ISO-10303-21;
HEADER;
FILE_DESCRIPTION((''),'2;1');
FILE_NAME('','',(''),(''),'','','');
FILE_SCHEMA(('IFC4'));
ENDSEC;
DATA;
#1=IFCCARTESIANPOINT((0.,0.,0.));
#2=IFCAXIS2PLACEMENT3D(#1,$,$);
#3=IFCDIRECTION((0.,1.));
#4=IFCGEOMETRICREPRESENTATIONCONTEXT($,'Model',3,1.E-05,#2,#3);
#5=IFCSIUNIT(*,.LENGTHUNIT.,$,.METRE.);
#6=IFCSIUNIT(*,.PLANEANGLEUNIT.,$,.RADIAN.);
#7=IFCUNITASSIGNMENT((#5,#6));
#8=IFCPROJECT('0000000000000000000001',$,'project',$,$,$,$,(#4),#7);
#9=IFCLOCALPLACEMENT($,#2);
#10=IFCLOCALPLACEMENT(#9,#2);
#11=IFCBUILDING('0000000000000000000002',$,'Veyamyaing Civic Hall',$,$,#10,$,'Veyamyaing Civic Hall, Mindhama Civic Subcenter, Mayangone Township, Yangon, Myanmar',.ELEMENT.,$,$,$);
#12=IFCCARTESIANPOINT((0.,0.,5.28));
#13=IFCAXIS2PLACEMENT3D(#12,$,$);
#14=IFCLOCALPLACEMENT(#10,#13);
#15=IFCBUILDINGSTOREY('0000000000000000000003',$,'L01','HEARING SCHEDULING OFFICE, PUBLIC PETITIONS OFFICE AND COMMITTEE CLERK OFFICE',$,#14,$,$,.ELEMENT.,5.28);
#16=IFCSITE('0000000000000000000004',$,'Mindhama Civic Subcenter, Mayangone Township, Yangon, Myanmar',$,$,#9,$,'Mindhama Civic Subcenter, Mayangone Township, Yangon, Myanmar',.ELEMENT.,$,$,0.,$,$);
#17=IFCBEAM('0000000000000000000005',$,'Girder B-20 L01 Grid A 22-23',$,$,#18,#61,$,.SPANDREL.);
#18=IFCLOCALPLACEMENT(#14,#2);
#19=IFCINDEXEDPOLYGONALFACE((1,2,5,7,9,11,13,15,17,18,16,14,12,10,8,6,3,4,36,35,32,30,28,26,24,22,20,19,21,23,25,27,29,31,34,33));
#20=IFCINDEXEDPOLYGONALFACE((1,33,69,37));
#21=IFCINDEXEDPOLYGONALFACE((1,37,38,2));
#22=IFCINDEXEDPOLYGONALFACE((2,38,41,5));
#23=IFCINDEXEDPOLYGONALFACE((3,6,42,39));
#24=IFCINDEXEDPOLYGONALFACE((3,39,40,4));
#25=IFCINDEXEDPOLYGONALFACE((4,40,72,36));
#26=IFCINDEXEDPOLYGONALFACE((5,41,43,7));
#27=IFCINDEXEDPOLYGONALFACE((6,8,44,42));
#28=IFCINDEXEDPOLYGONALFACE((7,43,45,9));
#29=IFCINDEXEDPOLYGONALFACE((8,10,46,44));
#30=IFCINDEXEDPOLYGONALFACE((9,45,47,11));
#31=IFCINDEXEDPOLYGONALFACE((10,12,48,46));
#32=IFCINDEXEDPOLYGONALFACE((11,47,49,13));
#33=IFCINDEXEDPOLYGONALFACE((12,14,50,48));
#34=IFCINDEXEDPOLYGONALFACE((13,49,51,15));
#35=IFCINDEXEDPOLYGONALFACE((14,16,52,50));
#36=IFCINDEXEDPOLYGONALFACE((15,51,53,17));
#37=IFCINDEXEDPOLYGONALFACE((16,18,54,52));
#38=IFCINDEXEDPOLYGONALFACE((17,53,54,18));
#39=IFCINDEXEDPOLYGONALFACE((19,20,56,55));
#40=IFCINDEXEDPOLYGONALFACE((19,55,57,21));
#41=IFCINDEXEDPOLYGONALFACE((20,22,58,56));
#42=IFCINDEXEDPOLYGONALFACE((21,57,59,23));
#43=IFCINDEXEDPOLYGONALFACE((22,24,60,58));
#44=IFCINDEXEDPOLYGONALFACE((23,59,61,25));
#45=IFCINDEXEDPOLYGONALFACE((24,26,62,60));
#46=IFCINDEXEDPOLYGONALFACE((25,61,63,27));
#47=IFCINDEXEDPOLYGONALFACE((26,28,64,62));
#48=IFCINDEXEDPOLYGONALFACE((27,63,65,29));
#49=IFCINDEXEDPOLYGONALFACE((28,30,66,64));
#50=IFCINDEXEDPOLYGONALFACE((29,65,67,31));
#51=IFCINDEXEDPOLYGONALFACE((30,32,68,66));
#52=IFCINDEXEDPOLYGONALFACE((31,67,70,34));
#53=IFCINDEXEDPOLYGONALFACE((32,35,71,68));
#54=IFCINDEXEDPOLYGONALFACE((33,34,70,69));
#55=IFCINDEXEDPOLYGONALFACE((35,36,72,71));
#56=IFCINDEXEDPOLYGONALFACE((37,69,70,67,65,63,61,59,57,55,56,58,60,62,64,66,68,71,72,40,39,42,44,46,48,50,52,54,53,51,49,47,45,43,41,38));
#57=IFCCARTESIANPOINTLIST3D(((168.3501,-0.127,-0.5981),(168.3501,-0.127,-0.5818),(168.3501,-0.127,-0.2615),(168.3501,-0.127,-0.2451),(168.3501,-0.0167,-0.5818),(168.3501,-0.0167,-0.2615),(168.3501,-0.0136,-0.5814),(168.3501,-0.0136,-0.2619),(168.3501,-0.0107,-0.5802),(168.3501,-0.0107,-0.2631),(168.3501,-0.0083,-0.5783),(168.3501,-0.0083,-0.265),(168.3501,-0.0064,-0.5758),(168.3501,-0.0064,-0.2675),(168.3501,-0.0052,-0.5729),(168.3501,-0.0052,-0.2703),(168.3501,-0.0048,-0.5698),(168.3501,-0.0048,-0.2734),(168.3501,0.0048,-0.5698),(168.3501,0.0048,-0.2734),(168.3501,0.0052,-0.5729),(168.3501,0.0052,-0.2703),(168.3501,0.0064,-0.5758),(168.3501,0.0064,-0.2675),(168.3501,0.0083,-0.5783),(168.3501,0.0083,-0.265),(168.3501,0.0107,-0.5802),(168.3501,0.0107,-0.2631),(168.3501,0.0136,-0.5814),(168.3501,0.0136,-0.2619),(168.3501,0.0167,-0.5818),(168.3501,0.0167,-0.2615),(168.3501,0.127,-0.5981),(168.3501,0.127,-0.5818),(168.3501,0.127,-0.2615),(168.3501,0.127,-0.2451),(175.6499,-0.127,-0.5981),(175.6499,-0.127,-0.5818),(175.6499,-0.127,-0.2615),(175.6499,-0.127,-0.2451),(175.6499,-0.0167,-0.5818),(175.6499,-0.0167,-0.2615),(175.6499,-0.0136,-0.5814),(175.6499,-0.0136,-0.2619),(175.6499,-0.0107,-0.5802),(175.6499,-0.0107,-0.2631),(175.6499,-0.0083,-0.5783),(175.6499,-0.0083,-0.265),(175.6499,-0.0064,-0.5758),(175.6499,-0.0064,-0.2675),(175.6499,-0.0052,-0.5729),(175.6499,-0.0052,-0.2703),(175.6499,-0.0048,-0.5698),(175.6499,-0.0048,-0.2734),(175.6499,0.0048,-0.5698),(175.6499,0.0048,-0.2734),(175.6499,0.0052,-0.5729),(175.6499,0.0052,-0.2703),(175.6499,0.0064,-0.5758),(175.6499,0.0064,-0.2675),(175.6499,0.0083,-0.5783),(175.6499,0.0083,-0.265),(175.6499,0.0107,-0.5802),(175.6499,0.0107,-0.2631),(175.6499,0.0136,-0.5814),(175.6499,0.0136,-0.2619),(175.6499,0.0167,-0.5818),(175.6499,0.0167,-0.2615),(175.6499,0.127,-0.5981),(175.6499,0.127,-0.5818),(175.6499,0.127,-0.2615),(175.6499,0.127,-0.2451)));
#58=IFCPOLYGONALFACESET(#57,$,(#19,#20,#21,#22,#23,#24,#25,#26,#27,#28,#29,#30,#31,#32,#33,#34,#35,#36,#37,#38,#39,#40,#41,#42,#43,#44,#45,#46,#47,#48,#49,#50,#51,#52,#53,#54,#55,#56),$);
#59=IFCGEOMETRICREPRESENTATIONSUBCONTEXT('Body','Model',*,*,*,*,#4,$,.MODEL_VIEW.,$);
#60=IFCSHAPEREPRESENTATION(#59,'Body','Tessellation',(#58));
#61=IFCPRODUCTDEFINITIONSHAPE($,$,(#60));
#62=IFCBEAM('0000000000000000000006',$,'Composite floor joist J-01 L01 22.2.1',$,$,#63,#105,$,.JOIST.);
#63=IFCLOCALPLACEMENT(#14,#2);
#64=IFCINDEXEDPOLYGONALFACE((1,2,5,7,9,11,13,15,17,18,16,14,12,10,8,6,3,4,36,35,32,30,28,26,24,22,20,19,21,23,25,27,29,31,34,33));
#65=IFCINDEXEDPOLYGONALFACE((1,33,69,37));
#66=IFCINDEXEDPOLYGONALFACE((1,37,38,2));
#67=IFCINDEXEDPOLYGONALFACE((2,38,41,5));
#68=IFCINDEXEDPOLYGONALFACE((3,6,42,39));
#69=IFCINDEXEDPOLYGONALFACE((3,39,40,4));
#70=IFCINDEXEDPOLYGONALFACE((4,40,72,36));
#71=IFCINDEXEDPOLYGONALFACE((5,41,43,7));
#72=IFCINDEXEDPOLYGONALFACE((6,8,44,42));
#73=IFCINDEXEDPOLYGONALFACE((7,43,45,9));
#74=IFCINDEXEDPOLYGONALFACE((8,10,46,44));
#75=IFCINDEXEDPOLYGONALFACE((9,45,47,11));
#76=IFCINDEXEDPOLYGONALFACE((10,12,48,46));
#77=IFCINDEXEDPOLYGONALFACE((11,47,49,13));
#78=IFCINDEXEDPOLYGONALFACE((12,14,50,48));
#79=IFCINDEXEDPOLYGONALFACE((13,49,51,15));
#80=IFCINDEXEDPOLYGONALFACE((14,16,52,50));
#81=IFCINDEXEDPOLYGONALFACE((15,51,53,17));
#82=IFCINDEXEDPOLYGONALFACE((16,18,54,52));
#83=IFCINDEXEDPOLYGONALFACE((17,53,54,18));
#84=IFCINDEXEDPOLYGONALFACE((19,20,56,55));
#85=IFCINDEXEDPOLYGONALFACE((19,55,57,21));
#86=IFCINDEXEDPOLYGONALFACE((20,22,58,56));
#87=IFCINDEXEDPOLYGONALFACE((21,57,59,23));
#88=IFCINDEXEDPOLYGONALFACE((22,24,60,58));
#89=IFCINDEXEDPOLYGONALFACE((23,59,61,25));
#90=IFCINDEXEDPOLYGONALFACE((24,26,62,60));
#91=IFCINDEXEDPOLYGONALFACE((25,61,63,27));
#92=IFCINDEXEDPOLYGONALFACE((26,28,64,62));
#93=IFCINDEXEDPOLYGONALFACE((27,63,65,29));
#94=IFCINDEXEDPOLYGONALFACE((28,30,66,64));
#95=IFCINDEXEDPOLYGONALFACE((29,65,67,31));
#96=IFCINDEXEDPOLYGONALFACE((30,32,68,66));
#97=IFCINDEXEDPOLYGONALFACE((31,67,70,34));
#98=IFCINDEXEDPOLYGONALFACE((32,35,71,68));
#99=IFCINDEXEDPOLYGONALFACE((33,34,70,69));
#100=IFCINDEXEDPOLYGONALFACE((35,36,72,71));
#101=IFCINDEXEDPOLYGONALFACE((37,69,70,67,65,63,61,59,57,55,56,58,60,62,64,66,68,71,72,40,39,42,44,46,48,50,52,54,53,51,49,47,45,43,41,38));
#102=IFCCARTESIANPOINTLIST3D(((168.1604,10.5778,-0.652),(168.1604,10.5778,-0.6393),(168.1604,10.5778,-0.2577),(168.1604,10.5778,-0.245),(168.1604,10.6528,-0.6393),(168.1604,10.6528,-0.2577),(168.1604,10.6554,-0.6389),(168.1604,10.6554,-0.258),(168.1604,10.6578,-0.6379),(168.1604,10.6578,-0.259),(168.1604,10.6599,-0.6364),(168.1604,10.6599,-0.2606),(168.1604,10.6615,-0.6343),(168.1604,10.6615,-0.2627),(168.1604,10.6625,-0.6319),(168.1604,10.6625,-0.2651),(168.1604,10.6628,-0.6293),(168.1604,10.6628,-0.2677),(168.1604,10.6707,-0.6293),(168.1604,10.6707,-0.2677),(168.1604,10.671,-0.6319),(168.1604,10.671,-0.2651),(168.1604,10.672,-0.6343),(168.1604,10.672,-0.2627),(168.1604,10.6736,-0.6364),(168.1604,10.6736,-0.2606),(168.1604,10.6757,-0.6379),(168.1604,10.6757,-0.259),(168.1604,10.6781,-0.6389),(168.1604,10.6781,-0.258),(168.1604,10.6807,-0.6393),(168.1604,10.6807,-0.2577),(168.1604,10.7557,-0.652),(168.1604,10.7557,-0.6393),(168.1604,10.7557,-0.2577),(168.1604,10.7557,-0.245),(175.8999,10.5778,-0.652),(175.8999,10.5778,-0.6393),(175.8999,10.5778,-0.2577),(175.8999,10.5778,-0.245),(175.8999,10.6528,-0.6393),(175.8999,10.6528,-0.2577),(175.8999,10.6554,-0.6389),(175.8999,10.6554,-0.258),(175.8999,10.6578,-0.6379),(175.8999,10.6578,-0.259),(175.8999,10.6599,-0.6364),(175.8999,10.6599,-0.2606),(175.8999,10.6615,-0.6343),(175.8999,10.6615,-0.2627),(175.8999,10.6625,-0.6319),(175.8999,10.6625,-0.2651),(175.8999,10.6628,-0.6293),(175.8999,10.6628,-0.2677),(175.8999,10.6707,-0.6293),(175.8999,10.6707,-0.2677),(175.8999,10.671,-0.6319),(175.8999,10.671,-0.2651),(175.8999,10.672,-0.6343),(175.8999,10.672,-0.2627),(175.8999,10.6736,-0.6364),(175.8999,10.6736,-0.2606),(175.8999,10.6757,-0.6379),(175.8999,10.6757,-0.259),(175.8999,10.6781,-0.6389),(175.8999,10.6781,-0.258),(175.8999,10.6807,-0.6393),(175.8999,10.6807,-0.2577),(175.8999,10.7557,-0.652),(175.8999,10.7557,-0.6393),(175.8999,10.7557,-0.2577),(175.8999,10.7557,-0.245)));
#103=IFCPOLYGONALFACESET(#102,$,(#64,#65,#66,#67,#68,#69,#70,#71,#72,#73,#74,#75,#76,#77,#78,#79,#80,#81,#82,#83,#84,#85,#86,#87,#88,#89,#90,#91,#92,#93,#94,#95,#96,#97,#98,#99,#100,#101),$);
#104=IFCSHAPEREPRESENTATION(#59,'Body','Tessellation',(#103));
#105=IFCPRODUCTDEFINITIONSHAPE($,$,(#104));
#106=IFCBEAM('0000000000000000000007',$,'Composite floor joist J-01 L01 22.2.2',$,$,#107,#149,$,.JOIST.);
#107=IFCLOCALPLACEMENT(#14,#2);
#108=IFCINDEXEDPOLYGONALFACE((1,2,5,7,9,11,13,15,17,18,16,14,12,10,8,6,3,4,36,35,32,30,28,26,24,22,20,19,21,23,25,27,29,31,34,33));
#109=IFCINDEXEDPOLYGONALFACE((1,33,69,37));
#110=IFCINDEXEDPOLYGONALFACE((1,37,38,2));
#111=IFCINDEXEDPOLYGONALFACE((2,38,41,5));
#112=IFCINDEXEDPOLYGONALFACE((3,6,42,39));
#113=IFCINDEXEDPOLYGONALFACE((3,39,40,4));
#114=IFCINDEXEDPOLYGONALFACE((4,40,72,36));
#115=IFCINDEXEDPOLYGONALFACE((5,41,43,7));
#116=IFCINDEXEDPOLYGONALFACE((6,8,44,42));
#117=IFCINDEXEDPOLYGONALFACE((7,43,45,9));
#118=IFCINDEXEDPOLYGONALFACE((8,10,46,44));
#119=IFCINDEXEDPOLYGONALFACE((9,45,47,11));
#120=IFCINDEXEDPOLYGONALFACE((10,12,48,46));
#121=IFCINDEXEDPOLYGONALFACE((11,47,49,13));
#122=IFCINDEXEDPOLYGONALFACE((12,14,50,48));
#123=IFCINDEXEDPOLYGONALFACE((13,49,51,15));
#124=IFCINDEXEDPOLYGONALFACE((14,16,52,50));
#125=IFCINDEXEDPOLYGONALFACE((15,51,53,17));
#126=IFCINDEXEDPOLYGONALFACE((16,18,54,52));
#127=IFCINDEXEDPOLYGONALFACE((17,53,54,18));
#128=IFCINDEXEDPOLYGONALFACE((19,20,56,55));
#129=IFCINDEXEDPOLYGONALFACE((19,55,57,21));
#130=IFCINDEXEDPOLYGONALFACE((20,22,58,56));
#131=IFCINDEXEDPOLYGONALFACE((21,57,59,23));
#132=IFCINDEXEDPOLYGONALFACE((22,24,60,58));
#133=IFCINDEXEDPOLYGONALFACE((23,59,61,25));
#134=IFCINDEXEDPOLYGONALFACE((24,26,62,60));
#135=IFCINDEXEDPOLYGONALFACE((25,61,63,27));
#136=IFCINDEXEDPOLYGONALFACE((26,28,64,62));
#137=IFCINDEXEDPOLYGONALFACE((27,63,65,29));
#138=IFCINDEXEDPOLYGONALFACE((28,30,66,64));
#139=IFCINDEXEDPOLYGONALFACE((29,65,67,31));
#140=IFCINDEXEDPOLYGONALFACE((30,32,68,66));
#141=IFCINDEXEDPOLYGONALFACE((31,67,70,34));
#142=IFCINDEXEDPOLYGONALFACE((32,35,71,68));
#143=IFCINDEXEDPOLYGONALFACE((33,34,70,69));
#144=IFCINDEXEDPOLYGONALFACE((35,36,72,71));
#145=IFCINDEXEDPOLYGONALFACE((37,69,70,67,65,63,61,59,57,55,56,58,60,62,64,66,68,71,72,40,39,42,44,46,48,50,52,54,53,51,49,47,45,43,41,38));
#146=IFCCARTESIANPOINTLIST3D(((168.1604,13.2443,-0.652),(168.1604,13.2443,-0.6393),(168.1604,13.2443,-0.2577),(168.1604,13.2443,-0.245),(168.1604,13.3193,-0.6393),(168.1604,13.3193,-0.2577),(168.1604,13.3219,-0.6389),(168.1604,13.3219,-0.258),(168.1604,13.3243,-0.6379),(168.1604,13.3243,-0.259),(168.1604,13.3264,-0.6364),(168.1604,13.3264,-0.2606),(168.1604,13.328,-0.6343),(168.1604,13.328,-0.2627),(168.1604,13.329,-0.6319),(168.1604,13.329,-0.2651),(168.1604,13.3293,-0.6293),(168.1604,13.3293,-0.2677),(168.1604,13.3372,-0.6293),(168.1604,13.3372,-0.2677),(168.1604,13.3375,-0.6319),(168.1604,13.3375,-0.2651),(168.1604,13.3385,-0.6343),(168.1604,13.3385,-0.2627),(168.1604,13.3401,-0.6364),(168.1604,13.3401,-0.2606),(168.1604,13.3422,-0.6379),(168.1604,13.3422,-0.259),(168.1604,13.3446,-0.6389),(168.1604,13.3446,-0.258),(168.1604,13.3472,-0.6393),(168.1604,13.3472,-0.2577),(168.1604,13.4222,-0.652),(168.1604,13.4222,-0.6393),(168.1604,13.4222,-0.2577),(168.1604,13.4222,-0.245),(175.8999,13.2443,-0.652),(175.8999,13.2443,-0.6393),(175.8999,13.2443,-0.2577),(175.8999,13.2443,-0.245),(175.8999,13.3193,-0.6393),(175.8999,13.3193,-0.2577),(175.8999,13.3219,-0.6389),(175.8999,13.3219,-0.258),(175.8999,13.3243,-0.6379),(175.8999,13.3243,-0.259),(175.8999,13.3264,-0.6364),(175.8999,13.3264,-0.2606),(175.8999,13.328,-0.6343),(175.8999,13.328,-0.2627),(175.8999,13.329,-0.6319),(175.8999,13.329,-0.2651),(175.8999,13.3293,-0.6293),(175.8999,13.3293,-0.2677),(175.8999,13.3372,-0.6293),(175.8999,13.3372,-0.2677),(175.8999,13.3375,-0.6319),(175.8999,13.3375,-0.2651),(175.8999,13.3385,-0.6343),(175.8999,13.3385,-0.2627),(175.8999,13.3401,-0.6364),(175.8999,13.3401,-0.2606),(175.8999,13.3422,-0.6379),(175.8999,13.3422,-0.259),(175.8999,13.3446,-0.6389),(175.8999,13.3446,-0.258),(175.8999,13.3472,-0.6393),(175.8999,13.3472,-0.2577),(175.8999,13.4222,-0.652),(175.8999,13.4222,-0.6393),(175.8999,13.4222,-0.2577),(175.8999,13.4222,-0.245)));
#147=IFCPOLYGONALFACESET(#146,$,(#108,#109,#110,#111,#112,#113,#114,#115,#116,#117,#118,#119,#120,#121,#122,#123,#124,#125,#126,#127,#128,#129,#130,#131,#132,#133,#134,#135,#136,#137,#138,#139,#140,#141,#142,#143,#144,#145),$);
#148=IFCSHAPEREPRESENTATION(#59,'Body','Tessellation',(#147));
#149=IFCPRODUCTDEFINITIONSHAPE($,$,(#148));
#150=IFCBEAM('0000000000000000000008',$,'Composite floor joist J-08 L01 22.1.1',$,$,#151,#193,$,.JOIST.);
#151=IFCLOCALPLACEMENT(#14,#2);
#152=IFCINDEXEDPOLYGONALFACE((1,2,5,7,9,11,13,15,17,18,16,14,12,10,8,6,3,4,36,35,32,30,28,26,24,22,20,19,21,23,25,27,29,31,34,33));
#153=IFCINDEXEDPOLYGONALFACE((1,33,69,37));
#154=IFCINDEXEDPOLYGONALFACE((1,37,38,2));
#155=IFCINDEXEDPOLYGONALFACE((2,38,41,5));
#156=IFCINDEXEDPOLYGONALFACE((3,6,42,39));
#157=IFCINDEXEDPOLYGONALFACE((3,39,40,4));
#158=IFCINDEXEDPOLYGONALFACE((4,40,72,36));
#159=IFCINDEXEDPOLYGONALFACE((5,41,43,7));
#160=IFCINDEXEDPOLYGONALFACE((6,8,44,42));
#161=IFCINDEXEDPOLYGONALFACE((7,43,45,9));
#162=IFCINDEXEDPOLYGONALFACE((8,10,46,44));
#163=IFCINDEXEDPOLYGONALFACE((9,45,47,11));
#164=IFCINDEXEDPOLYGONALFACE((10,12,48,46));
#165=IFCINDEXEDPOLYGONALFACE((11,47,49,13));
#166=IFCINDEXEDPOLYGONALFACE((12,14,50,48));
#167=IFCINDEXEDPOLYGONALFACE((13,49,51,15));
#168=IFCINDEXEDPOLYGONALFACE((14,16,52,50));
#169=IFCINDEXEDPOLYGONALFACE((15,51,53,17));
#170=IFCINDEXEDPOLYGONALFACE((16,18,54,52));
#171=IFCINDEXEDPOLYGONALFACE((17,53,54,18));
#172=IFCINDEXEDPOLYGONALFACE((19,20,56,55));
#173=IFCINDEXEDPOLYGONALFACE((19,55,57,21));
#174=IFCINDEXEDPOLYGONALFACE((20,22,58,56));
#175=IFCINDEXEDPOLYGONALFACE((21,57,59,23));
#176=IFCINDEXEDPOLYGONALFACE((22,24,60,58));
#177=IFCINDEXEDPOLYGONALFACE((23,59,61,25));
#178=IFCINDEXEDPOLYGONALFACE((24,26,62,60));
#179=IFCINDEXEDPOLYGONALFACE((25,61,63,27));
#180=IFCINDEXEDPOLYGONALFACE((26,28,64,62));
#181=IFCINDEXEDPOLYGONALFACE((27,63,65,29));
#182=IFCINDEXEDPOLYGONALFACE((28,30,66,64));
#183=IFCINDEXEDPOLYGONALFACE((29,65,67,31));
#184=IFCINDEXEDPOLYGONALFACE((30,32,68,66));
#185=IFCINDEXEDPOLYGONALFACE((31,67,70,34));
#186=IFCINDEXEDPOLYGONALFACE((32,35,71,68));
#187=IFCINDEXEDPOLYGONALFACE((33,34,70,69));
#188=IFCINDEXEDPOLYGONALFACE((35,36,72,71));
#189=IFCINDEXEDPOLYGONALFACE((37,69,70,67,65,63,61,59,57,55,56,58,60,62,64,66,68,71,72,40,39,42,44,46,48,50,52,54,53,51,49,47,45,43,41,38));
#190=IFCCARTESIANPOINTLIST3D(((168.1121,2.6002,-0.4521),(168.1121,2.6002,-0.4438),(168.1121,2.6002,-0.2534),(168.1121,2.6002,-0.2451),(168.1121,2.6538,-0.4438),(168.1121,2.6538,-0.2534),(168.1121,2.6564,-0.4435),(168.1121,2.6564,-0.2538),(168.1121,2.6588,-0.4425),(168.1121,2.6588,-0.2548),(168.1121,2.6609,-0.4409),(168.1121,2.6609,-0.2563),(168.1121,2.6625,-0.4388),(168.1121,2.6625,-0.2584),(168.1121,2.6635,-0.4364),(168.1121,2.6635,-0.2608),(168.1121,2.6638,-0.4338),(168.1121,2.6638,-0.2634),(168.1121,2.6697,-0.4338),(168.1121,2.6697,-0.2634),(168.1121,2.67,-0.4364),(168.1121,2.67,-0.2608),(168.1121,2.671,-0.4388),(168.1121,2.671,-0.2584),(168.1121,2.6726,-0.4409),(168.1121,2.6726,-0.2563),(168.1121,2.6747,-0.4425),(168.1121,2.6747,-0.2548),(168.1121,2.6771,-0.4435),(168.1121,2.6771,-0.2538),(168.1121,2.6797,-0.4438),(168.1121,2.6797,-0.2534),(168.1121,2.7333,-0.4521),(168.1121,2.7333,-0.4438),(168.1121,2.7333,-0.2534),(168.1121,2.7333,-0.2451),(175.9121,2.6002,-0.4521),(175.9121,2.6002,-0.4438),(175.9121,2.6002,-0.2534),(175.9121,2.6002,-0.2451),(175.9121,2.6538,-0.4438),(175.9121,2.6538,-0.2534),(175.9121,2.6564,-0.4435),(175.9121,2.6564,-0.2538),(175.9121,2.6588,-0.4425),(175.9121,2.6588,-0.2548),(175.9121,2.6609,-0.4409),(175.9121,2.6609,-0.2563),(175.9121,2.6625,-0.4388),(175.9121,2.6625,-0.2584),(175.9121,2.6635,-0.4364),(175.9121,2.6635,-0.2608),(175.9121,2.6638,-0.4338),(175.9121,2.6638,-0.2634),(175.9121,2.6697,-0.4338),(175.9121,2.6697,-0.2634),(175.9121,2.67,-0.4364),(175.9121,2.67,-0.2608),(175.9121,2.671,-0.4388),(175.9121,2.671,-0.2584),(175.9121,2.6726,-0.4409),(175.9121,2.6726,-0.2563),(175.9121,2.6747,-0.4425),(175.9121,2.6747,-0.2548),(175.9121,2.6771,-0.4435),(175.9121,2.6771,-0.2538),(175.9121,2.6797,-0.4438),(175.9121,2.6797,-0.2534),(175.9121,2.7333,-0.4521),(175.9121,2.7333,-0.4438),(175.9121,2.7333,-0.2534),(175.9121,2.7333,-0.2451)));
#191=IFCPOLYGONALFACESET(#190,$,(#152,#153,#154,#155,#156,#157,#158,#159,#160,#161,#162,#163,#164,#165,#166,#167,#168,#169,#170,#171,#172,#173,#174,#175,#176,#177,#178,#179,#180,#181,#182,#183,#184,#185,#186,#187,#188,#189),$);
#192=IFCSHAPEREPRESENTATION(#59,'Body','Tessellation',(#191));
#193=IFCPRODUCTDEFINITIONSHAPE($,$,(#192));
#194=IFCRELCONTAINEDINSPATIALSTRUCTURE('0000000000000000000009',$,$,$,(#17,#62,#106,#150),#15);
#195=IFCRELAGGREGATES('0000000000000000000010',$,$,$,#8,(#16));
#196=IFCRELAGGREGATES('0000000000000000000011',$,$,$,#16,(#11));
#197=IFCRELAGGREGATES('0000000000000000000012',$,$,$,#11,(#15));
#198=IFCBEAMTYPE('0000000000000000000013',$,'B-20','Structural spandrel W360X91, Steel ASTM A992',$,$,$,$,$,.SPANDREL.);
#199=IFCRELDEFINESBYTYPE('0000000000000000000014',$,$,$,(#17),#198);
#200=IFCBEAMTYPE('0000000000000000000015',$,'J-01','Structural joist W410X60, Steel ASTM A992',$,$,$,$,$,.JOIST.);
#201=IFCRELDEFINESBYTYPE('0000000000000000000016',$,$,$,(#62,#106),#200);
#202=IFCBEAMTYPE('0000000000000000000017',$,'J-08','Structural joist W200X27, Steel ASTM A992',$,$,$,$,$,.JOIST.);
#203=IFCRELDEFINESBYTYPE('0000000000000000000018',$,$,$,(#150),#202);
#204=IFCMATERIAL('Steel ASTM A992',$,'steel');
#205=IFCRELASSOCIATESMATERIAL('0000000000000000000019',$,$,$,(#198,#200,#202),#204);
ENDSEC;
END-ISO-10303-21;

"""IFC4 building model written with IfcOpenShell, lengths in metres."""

from ifc_helpers import new_model, si_unit, direction, frame, origin, origin_2d, place, context, subcontext, project, spatial, i_section, extrude, material, material_profile, profile_set, type_object, element, save


model = new_model("IFC4")

# Units and contexts
model_context = context("Model", 3, precision=1e-05, world=origin(), true_north=direction((0.0, 1.0)))
body_context = subcontext(model_context, "Body", "Model", "MODEL_VIEW")
ifc_project = project(units=[si_unit("LENGTHUNIT", "METRE"), si_unit("PLANEANGLEUNIT", "RADIAN")], contexts=[model_context])

# Site, building, storey
site_placement = place(None, origin())
site = spatial("IfcSite", under=ifc_project, at=site_placement, Name="Mindhama Civic Subcenter, Mayangone Township, Yangon, Myanmar", LongName="Mindhama Civic Subcenter, Mayangone Township, Yangon, Myanmar", CompositionType="ELEMENT", RefElevation=0.0)
building_placement = place(site_placement, origin())
building = spatial("IfcBuilding", under=site, at=building_placement, Name="Veyamyaing Civic Hall", LongName="Veyamyaing Civic Hall, Mindhama Civic Subcenter, Mayangone Township, Yangon, Myanmar", CompositionType="ELEMENT")
storey_placement = place(building_placement, frame((0.0, 0.0, 5.28)))
storey = spatial("IfcBuildingStorey", under=building, at=storey_placement, Name="L01", Description="HEARING SCHEDULING OFFICE, PUBLIC PETITIONS OFFICE AND COMMITTEE CLERK OFFICE", CompositionType="ELEMENT", Elevation=5.28)

# Beams
ifc_material_1 = material(Name="Steel ASTM A992", Category="steel")
ifc_material_profile_1 = material_profile(ifc_material_1, i_section(OverallWidth=0.2539, OverallDepth=0.353, WebThickness=0.0095, FlangeThickness=0.0164, FilletRadius=0.012, at=origin_2d()), Name="W360X91")
ifc_profile_set_1 = profile_set([ifc_material_profile_1], Name="Steel ASTM A992")
beam_type_1 = type_object("IfcBeamType", Name="B-20", Description="Structural spandrel W360X91, Steel ASTM A992", PredefinedType="SPANDREL", material=ifc_profile_set_1)
beam_1_placement = place(storey_placement, frame((168.3501, 0.0, -0.4216), z_axis=(1.0, 0.0, 0.0), x_axis=(0.0, 1.0, 0.0)))
element("IfcBeam", 1, at=beam_1_placement, inside=storey, type_object=beam_type_1, Name="Girder B-20 L01 Grid A 22-23", PredefinedType="SPANDREL", context=body_context, shape_type="SweptSolid", body=[
    extrude(i_section(OverallWidth=0.2539, OverallDepth=0.353, WebThickness=0.0095, FlangeThickness=0.0164, FilletRadius=0.012, at=origin_2d()), origin(), (0.0, 0.0, 1.0), 7.2998),
])
ifc_material_profile_2 = material_profile(ifc_material_1, i_section(OverallWidth=0.178, OverallDepth=0.407, WebThickness=0.0078, FlangeThickness=0.0127, FilletRadius=0.01, at=origin_2d()), Name="W410X60")
ifc_profile_set_2 = profile_set([ifc_material_profile_2], Name="Steel ASTM A992")
beam_type_2 = type_object("IfcBeamType", Name="J-01", Description="Structural joist W410X60, Steel ASTM A992", PredefinedType="JOIST", material=ifc_profile_set_2)
for number, where, z_axis, x_axis, name in (
    (2, (168.1604, 10.6667, -0.4485), (1.0, 0.0, 0.0), (0.0, 1.0, 0.0), "Composite floor joist J-01 L01 22.2.1"),
    (3, (168.1604, 13.3333, -0.4485), (1.0, 0.0, 0.0), (0.0, 1.0, 0.0), "Composite floor joist J-01 L01 22.2.2"),
):
    element("IfcBeam", number, at=place(storey_placement, frame(where, z_axis=z_axis, x_axis=x_axis)), inside=storey, type_object=beam_type_2, Name=name, PredefinedType="JOIST", context=body_context, shape_type="SweptSolid", body=[
        extrude(i_section(OverallWidth=0.178, OverallDepth=0.407, WebThickness=0.0078, FlangeThickness=0.0127, FilletRadius=0.01, at=origin_2d()), origin(), (0.0, 0.0, 1.0), 7.7395),
    ])
ifc_material_profile_3 = material_profile(ifc_material_1, i_section(OverallWidth=0.1331, OverallDepth=0.207, WebThickness=0.0059, FlangeThickness=0.0083, FilletRadius=0.01, at=origin_2d()), Name="W200X27")
ifc_profile_set_3 = profile_set([ifc_material_profile_3], Name="Steel ASTM A992")
beam_type_3 = type_object("IfcBeamType", Name="J-08", Description="Structural joist W200X27, Steel ASTM A992", PredefinedType="JOIST", material=ifc_profile_set_3)
for number, where, z_axis, x_axis, name in (
    (4, (168.1121, 2.6667, -0.3486), (1.0, 0.0, 0.0), (0.0, 1.0, 0.0), "Composite floor joist J-08 L01 22.1.1"),
):
    element("IfcBeam", number, at=place(storey_placement, frame(where, z_axis=z_axis, x_axis=x_axis)), inside=storey, type_object=beam_type_3, Name=name, PredefinedType="JOIST", context=body_context, shape_type="SweptSolid", body=[
        extrude(i_section(OverallWidth=0.1331, OverallDepth=0.207, WebThickness=0.0059, FlangeThickness=0.0083, FilletRadius=0.01, at=origin_2d()), origin(), (0.0, 0.0, 1.0), 7.8),
    ])

save(model, "model.ifc")
